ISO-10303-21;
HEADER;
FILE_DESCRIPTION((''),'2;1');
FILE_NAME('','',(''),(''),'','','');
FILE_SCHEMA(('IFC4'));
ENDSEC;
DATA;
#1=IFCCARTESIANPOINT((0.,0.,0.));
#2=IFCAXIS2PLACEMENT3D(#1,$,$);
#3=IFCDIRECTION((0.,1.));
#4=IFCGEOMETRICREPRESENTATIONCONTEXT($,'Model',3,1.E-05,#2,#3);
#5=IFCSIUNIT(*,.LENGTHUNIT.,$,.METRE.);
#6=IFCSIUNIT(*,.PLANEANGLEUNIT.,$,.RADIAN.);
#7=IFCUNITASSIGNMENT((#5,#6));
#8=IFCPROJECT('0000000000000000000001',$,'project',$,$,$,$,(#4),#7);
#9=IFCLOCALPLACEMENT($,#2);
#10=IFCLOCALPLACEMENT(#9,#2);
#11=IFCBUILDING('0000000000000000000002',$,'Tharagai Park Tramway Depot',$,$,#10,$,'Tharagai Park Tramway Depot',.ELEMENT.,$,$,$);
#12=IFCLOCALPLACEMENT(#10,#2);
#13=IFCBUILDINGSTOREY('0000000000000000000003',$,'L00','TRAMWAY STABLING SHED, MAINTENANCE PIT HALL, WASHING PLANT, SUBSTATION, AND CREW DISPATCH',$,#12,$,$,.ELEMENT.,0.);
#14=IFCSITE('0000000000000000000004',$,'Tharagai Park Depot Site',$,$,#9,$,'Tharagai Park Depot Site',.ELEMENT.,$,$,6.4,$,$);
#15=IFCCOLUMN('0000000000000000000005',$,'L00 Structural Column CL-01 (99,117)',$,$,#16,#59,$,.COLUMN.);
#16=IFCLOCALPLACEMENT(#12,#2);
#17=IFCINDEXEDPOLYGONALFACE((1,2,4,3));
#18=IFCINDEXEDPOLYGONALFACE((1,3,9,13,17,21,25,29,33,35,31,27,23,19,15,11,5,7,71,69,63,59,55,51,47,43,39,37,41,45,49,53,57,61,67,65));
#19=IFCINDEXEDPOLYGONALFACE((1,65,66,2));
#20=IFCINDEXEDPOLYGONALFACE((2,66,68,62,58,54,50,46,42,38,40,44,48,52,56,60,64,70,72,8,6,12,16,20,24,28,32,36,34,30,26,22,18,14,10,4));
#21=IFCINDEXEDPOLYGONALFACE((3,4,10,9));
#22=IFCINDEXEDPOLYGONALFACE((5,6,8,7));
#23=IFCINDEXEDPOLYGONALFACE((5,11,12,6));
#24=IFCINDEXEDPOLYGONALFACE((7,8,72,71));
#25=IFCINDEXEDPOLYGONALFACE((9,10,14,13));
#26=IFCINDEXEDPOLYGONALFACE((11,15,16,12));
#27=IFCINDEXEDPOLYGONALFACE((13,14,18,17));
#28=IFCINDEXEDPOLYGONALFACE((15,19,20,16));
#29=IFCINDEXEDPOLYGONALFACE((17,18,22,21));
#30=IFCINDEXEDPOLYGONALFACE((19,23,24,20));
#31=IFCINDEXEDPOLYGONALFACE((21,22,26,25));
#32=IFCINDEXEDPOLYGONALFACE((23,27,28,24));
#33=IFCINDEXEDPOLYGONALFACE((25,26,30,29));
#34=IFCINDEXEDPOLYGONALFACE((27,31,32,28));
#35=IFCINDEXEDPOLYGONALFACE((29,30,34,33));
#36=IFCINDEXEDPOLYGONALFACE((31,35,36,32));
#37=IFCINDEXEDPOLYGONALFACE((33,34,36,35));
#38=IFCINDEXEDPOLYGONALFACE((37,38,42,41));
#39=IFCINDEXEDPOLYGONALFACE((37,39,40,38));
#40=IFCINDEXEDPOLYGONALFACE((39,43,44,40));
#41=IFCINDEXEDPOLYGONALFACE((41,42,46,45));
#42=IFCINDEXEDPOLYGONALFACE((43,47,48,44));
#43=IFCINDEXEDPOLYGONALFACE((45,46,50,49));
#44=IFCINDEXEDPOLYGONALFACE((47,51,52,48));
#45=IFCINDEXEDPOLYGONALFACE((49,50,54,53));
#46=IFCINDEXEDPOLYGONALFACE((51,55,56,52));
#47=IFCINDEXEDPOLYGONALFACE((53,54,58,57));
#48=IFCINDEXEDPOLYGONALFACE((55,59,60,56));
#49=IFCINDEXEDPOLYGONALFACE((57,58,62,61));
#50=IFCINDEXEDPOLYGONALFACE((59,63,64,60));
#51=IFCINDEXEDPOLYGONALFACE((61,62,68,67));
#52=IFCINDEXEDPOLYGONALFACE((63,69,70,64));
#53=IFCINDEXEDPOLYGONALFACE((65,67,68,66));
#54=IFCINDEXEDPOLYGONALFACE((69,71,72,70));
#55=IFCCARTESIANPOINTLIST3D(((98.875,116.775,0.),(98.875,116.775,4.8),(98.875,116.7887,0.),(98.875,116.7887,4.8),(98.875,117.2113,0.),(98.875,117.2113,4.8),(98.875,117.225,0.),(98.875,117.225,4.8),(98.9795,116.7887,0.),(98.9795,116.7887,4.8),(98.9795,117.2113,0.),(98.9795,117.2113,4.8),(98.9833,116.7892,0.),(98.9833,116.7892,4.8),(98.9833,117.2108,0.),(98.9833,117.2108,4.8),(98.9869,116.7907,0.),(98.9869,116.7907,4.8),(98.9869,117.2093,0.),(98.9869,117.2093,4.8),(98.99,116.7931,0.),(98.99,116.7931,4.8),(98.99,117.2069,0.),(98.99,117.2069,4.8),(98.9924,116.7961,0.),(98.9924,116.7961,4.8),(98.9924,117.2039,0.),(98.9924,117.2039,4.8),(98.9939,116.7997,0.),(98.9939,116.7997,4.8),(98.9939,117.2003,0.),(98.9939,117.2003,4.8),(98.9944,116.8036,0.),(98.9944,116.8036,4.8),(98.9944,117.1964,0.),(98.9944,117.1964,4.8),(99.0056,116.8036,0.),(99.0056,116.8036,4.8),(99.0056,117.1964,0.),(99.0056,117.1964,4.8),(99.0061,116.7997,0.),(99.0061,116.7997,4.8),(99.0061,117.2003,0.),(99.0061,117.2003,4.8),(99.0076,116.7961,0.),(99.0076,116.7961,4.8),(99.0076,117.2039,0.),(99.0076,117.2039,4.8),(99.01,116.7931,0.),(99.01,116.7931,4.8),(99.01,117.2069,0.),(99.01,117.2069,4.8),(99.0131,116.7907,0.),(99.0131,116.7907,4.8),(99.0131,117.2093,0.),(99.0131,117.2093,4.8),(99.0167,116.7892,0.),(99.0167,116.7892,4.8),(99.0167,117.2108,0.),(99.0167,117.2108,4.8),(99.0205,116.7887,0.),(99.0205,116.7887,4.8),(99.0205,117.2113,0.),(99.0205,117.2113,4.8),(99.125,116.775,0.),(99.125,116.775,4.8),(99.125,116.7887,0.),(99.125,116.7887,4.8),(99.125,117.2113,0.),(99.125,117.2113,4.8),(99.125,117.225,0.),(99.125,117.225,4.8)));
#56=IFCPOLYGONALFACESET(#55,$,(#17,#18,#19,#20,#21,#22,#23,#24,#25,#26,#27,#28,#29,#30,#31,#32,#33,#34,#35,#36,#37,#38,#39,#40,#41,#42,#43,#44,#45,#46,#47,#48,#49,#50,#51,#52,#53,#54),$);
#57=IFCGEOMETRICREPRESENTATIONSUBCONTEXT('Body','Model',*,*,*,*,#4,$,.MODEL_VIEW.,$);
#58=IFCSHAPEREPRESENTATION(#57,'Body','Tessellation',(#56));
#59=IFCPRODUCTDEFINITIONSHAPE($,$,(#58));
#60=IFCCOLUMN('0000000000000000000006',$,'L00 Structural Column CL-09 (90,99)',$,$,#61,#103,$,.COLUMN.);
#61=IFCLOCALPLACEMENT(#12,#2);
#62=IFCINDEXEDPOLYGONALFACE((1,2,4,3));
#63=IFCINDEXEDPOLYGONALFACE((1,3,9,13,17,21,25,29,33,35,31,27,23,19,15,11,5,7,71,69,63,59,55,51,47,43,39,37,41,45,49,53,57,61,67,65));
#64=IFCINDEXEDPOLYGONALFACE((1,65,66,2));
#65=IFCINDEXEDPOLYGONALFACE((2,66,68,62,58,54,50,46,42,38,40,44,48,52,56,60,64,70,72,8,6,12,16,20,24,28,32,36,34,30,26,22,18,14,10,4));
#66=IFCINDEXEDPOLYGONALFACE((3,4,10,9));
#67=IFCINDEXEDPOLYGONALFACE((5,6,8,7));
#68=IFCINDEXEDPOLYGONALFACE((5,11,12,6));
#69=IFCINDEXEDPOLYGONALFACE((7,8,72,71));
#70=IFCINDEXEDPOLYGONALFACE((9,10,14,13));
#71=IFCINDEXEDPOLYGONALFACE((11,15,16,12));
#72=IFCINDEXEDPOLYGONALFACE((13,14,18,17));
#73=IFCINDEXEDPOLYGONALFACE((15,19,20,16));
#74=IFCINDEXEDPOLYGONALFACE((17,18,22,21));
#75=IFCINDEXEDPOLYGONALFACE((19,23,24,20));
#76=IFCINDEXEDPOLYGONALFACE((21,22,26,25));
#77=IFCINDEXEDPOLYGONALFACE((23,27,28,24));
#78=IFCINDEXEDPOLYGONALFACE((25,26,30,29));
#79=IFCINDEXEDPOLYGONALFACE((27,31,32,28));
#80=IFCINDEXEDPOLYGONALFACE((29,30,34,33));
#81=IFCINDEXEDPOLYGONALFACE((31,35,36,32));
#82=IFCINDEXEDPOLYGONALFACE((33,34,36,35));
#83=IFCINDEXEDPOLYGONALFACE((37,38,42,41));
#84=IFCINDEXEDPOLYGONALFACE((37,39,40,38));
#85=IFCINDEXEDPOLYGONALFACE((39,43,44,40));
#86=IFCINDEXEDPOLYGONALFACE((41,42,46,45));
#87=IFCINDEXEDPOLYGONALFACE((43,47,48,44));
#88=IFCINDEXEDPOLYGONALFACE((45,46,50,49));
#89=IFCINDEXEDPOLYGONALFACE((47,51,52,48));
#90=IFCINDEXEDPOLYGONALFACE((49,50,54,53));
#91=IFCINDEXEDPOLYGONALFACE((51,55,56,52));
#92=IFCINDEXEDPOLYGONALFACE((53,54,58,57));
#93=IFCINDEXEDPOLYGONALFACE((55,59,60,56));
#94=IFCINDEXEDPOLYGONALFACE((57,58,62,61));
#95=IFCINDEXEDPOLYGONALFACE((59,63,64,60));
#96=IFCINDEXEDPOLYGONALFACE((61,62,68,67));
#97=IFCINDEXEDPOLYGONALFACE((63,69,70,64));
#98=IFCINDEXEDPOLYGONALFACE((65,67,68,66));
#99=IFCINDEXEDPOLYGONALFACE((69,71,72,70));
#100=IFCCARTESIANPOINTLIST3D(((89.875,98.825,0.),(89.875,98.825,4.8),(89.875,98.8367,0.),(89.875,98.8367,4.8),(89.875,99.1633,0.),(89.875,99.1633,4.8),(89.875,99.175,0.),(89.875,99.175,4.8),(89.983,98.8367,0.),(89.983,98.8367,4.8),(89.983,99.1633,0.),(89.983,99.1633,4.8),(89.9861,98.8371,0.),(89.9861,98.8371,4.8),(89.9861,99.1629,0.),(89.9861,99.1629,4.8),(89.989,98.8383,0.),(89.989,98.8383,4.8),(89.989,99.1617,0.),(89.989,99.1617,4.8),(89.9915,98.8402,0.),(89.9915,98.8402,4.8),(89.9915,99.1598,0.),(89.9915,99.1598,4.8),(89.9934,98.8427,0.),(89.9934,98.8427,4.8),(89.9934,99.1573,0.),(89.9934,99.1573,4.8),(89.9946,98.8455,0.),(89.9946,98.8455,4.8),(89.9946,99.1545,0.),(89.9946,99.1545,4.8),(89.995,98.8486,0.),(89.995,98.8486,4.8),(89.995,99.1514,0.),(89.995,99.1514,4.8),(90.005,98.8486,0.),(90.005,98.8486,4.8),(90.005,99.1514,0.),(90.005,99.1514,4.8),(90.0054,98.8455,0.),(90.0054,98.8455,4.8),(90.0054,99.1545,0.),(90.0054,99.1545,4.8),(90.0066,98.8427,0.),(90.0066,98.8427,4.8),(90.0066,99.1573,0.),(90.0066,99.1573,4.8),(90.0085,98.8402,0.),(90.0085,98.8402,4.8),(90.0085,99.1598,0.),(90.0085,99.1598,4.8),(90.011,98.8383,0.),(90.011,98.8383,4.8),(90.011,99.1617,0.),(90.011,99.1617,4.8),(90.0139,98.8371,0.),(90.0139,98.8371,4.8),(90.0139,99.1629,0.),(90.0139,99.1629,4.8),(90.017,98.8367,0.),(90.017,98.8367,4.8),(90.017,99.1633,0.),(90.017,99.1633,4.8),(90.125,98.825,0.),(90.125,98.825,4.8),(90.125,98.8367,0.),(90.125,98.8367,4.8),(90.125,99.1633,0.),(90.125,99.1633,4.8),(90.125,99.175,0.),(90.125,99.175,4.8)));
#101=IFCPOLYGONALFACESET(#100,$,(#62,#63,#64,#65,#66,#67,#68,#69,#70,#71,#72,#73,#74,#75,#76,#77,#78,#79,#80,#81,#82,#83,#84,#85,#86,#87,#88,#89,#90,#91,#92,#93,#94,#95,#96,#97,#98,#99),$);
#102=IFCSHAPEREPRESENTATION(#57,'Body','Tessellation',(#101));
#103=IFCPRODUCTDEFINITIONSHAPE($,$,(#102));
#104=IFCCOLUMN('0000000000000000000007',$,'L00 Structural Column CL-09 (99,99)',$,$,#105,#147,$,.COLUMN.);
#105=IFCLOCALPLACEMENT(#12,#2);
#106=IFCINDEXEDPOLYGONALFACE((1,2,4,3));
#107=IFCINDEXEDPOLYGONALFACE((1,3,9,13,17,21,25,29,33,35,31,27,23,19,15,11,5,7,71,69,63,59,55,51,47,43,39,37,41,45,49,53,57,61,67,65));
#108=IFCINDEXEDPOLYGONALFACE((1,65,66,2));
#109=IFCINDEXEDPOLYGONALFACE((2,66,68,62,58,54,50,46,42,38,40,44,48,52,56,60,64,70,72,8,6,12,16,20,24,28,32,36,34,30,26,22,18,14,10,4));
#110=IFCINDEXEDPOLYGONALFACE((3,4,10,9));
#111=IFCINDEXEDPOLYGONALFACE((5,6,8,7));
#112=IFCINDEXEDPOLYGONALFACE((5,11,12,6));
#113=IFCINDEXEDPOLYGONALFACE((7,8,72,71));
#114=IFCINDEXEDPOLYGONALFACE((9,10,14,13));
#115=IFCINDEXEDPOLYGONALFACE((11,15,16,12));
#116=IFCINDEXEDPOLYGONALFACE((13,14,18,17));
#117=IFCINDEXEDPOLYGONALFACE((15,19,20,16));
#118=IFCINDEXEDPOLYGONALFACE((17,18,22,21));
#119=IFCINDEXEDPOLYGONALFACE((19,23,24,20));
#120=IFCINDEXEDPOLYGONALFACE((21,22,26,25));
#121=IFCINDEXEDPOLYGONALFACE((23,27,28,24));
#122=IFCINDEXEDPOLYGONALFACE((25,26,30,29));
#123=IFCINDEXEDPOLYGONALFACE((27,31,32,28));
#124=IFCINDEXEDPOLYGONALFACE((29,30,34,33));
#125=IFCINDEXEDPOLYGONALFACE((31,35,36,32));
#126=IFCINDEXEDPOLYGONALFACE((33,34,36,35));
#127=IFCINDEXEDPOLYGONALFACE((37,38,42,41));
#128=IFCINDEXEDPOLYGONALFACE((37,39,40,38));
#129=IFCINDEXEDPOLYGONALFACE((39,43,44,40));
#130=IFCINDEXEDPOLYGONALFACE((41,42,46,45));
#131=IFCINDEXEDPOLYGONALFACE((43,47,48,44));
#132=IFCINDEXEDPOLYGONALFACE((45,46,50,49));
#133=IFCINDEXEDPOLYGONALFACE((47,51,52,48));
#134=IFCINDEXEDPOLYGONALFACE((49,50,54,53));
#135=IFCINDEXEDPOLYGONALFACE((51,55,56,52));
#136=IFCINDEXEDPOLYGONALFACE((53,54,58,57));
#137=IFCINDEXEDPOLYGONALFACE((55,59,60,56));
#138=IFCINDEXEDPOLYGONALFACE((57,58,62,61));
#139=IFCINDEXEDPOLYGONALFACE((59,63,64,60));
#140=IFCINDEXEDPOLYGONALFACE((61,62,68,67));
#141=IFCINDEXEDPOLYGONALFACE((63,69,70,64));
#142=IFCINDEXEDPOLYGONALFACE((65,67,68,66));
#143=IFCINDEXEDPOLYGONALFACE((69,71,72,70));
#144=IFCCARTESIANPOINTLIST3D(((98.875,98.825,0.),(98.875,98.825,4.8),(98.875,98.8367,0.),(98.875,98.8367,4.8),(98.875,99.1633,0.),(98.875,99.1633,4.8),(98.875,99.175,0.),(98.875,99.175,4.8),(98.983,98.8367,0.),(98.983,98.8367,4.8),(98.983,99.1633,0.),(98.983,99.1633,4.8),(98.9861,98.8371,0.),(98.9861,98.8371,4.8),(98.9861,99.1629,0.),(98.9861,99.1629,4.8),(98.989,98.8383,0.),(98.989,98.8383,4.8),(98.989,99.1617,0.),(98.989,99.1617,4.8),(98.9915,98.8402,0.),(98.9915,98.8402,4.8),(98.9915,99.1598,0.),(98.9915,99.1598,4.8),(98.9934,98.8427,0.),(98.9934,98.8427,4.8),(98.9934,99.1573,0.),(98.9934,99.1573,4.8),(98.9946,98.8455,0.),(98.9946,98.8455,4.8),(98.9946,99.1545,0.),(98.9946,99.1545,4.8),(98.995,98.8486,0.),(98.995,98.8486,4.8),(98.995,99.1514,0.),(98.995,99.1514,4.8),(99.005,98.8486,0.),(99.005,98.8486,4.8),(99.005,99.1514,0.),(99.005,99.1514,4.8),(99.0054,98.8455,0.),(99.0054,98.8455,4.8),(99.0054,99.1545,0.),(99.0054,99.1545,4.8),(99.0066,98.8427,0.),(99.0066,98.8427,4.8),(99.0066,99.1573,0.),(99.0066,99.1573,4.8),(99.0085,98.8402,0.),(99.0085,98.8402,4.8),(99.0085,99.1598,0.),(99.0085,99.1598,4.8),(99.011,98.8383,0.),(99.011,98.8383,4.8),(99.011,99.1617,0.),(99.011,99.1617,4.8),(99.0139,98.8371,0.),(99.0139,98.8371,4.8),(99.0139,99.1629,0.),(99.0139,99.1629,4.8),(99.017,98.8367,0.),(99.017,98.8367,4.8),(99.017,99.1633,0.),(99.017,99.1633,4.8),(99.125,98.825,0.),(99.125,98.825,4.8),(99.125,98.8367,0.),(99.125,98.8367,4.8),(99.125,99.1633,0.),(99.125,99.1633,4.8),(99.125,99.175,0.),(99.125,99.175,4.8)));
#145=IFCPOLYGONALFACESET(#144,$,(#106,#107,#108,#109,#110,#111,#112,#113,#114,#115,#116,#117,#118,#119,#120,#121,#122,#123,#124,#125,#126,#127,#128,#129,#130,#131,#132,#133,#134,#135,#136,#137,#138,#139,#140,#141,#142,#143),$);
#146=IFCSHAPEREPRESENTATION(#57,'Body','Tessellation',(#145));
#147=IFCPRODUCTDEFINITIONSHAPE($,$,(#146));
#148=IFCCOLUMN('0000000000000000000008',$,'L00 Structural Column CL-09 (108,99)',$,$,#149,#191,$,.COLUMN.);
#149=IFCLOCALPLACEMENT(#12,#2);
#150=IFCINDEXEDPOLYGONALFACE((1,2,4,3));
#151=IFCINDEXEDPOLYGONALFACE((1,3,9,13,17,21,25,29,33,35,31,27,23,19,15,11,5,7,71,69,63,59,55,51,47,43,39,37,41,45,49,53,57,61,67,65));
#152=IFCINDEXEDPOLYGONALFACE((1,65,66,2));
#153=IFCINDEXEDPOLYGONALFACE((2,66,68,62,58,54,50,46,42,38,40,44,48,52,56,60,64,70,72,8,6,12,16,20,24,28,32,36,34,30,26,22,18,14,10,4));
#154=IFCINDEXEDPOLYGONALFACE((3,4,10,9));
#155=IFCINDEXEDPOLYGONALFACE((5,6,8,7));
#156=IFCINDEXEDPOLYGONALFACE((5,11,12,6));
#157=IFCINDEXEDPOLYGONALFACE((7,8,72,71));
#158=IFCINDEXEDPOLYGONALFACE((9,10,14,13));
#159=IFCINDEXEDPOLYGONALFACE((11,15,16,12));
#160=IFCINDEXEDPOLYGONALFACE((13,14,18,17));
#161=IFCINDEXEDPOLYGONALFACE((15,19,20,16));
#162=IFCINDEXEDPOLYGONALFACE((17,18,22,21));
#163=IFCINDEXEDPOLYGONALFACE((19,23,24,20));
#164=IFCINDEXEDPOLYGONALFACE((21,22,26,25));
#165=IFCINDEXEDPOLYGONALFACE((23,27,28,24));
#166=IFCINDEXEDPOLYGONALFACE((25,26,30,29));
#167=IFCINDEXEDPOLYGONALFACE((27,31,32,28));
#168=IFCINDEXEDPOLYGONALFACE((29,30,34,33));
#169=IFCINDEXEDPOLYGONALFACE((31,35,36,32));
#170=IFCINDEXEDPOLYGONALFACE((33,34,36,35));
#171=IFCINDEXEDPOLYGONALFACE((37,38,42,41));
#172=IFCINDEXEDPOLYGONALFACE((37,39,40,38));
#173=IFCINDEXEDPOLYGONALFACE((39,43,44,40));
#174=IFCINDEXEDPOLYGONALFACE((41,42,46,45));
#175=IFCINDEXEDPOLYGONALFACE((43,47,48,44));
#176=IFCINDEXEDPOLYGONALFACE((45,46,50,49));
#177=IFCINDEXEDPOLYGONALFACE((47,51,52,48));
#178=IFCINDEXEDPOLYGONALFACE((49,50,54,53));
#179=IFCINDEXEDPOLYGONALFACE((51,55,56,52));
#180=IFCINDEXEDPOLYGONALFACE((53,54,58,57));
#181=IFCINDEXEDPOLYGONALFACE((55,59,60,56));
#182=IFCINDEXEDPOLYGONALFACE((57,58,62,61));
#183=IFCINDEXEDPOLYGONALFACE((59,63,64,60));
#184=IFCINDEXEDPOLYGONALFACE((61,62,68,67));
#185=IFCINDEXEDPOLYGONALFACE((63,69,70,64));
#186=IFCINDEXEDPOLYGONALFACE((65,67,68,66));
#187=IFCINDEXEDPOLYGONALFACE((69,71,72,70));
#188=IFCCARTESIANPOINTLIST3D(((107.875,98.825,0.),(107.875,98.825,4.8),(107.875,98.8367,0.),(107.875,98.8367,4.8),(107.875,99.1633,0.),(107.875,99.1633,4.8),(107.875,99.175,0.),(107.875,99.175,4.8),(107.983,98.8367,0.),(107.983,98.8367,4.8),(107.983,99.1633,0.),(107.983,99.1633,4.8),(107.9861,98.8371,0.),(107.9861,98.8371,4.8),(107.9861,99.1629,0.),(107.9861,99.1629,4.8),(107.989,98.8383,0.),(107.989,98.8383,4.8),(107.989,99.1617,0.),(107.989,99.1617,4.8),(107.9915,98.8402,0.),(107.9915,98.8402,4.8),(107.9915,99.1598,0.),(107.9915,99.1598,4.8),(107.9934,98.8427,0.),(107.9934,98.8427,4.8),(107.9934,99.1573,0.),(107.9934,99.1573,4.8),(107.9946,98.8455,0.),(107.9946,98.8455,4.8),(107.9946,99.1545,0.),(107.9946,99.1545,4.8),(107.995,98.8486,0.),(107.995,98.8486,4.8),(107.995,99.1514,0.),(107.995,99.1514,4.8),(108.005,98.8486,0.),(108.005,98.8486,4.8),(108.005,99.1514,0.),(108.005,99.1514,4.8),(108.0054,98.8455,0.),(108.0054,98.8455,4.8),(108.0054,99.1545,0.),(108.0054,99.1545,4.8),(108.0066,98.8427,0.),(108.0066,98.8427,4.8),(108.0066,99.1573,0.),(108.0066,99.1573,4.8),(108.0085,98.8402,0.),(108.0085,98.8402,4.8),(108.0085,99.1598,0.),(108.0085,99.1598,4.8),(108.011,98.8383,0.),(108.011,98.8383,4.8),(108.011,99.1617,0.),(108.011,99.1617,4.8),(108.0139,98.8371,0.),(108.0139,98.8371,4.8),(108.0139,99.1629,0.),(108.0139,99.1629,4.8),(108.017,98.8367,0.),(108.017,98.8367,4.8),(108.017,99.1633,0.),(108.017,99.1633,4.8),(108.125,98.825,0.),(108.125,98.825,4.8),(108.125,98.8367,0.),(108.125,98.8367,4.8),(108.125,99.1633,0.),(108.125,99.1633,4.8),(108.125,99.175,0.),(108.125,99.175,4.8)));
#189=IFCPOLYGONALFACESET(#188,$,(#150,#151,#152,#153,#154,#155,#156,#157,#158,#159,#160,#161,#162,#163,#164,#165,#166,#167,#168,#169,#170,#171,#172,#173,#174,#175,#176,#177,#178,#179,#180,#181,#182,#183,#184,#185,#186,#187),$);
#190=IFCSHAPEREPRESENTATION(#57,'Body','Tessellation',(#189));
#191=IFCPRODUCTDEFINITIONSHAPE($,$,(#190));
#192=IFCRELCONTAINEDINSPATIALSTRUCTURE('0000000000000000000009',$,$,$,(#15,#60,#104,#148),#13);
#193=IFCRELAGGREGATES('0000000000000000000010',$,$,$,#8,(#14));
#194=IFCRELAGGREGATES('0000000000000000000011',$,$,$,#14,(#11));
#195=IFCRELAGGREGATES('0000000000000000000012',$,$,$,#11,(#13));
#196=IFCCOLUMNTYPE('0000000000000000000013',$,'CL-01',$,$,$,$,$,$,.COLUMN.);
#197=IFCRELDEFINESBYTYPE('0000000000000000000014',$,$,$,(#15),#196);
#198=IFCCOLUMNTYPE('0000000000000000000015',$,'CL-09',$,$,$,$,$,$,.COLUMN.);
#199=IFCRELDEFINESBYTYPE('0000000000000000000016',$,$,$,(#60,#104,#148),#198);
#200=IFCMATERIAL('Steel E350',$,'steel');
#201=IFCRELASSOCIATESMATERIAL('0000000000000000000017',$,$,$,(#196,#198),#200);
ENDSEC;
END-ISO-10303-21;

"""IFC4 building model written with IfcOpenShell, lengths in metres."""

from ifc_helpers import new_model, si_unit, direction, frame, origin, origin_2d, place, context, subcontext, project, spatial, i_section, extrude, material, material_profile, profile_set, type_object, element, save


model = new_model("IFC4")

# Units and contexts
model_context = context("Model", 3, precision=1e-05, world=origin(), true_north=direction((0.0, 1.0)))
body_context = subcontext(model_context, "Body", "Model", "MODEL_VIEW")
ifc_project = project(units=[si_unit("LENGTHUNIT", "METRE"), si_unit("PLANEANGLEUNIT", "RADIAN")], contexts=[model_context])

# Site, building, storey
site_placement = place(None, origin())
site = spatial("IfcSite", under=ifc_project, at=site_placement, Name="Tharagai Park Depot Site", LongName="Tharagai Park Depot Site", CompositionType="ELEMENT", RefElevation=6.4)
building_placement = place(site_placement, origin())
building = spatial("IfcBuilding", under=site, at=building_placement, Name="Tharagai Park Tramway Depot", LongName="Tharagai Park Tramway Depot", CompositionType="ELEMENT")
storey_placement = place(building_placement, origin())
storey = spatial("IfcBuildingStorey", under=building, at=storey_placement, Name="L00", Description="TRAMWAY STABLING SHED, MAINTENANCE PIT HALL, WASHING PLANT, SUBSTATION, AND CREW DISPATCH", CompositionType="ELEMENT", Elevation=0.0)

# Columns
ifc_material_1 = material(Name="Steel E350", Category="steel")
ifc_material_profile_1 = material_profile(ifc_material_1, i_section(OverallWidth=0.25, OverallDepth=0.45, WebThickness=0.0112, FlangeThickness=0.0137, FilletRadius=0.0149, at=origin_2d()), Name="ISHB 450")
ifc_profile_set_1 = profile_set([ifc_material_profile_1], Name="Steel E350")
column_type_1 = type_object("IfcColumnType", Name="CL-01", PredefinedType="COLUMN", material=ifc_profile_set_1)
for number, where, z_axis, x_axis, name in (
    (1, (99.0, 117.0, 0.0), (0.0, 0.0, 1.0), (1.0, 0.0, 0.0), "L00 Structural Column CL-01 (99,117)"),
):
    element("IfcColumn", number, at=place(storey_placement, frame(where, z_axis=z_axis, x_axis=x_axis)), inside=storey, type_object=column_type_1, Name=name, PredefinedType="COLUMN", context=body_context, shape_type="SweptSolid", body=[
        extrude(i_section(OverallWidth=0.25, OverallDepth=0.45, WebThickness=0.0112, FlangeThickness=0.0137, FilletRadius=0.0149, at=origin_2d()), origin(), (0.0, 0.0, 1.0), 4.8),
    ])
ifc_material_profile_2 = material_profile(ifc_material_1, i_section(OverallWidth=0.25, OverallDepth=0.3501, WebThickness=0.01, FlangeThickness=0.0117, FilletRadius=0.012, at=origin_2d()), Name="ISHB 350")
ifc_profile_set_2 = profile_set([ifc_material_profile_2], Name="Steel E350")
column_type_2 = type_object("IfcColumnType", Name="CL-09", PredefinedType="COLUMN", material=ifc_profile_set_2)
for number, where, z_axis, x_axis, name in (
    (2, (90.0, 99.0, 0.0), (0.0, 0.0, 1.0), (1.0, 0.0, 0.0), "L00 Structural Column CL-09 (90,99)"),
    (3, (99.0, 99.0, 0.0), (0.0, 0.0, 1.0), (1.0, 0.0, 0.0), "L00 Structural Column CL-09 (99,99)"),
    (4, (108.0, 99.0, 0.0), (0.0, 0.0, 1.0), (1.0, 0.0, 0.0), "L00 Structural Column CL-09 (108,99)"),
):
    element("IfcColumn", number, at=place(storey_placement, frame(where, z_axis=z_axis, x_axis=x_axis)), inside=storey, type_object=column_type_2, Name=name, PredefinedType="COLUMN", context=body_context, shape_type="SweptSolid", body=[
        extrude(i_section(OverallWidth=0.25, OverallDepth=0.3501, WebThickness=0.01, FlangeThickness=0.0117, FilletRadius=0.012, at=origin_2d()), origin(), (0.0, 0.0, 1.0), 4.8),
    ])

save(model, "model.ifc")
